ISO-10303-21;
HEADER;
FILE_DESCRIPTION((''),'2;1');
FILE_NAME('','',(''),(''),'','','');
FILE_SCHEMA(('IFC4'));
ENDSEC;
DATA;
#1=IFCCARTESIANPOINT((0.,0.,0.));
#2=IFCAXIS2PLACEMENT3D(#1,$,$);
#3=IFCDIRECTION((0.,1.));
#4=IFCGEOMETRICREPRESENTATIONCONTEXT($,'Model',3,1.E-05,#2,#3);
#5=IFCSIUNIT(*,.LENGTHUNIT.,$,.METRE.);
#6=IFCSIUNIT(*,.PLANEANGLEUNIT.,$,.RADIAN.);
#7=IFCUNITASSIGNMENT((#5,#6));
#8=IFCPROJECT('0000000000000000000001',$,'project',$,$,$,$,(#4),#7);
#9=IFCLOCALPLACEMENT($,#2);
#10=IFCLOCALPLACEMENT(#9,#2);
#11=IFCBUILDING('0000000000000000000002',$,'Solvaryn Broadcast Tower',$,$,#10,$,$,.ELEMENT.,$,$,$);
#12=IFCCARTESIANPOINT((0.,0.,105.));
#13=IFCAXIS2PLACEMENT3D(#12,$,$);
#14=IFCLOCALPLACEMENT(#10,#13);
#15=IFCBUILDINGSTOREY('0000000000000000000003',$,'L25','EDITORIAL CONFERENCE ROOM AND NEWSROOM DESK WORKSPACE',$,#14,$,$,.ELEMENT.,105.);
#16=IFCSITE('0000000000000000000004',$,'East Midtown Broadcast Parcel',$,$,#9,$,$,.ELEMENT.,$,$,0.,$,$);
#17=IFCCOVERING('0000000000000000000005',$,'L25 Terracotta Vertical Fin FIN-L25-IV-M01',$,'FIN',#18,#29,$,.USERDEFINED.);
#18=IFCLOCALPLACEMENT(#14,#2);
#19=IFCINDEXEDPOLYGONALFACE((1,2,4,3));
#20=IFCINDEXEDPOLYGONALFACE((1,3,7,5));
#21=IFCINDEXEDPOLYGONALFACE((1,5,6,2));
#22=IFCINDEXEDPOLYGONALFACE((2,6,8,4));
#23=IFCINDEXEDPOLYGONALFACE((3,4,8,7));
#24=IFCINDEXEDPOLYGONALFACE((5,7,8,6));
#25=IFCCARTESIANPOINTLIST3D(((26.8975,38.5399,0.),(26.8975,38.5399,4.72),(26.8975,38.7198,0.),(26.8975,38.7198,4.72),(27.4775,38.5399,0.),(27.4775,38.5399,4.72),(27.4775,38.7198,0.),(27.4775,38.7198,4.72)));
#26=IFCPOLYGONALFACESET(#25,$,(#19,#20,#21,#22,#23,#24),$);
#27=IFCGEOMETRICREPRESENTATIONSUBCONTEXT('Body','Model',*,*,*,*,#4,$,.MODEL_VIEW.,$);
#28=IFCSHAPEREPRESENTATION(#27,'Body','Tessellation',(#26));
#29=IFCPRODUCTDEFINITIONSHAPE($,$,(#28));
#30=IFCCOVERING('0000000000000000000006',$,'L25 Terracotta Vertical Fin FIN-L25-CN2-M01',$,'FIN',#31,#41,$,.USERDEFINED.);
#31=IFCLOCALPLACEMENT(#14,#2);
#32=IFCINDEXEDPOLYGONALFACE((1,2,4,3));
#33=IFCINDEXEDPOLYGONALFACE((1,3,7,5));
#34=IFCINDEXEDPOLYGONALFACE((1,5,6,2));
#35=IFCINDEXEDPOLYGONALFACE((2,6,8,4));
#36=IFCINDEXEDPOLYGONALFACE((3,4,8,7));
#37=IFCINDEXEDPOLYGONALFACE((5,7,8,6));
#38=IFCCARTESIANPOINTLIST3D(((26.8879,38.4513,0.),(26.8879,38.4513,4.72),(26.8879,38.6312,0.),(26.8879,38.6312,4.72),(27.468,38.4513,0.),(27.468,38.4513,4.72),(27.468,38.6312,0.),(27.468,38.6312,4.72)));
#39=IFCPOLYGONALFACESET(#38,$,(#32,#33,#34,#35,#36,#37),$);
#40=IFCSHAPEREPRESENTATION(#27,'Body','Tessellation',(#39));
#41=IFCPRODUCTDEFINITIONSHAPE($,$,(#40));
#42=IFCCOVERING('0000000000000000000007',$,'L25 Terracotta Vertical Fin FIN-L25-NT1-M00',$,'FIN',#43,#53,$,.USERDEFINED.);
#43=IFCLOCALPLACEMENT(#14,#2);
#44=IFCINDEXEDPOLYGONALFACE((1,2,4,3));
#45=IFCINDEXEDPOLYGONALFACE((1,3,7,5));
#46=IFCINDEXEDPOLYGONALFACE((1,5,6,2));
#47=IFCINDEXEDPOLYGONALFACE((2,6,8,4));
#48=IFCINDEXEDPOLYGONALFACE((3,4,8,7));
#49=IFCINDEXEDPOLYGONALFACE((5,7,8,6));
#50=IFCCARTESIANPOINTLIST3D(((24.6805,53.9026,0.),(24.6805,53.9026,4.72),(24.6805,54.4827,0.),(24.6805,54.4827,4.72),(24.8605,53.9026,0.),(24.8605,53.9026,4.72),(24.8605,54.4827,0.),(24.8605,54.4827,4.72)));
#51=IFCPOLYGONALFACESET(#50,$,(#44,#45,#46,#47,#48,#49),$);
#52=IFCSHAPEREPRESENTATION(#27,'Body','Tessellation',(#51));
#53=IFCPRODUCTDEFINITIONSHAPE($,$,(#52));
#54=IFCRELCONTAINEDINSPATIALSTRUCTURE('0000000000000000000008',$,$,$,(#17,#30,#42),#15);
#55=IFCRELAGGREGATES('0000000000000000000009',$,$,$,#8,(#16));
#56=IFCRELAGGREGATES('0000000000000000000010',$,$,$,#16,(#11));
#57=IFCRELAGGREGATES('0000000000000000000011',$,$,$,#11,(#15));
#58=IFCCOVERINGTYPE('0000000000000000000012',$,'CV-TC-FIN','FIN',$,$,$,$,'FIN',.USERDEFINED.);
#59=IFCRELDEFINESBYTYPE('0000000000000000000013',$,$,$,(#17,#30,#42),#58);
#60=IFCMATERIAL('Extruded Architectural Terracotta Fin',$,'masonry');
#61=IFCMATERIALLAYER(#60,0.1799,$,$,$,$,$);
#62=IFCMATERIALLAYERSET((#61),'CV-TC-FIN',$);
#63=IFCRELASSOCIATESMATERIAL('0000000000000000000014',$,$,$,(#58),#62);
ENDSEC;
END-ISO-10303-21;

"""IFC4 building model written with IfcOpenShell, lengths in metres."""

from ifc_helpers import new_model, si_unit, direction, frame, origin, origin_2d, place, context, subcontext, project, spatial, rectangle, extrude, material, layer, layer_set, type_object, element, save


model = new_model("IFC4")

# Units and contexts
model_context = context("Model", 3, precision=1e-05, world=origin(), true_north=direction((0.0, 1.0)))
body_context = subcontext(model_context, "Body", "Model", "MODEL_VIEW")
ifc_project = project(units=[si_unit("LENGTHUNIT", "METRE"), si_unit("PLANEANGLEUNIT", "RADIAN")], contexts=[model_context])

# Site, building, storey
site_placement = place(None, origin())
site = spatial("IfcSite", under=ifc_project, at=site_placement, Name="East Midtown Broadcast Parcel", CompositionType="ELEMENT", RefElevation=0.0)
building_placement = place(site_placement, origin())
building = spatial("IfcBuilding", under=site, at=building_placement, Name="Solvaryn Broadcast Tower", CompositionType="ELEMENT")
storey_placement = place(building_placement, frame((0.0, 0.0, 105.0)))
storey = spatial("IfcBuildingStorey", under=building, at=storey_placement, Name="L25", Description="EDITORIAL CONFERENCE ROOM AND NEWSROOM DESK WORKSPACE", CompositionType="ELEMENT", Elevation=105.0)

# Coverings
ifc_material_1 = material(Name="Extruded Architectural Terracotta Fin", Category="masonry")
ifc_layer_1 = layer(ifc_material_1, 0.1799)
ifc_layer_set_1 = layer_set([ifc_layer_1], Name="CV-TC-FIN")
covering_type = type_object("IfcCoveringType", Name="CV-TC-FIN", Description="FIN", ElementType="FIN", PredefinedType="USERDEFINED", material=ifc_layer_set_1)
for number, where, z_axis, x_axis, name in (
    (1, (27.1875, 38.6299, 0.0), (0.0, 0.0, 1.0), (1.0, 0.0, 0.0), "L25 Terracotta Vertical Fin FIN-L25-IV-M01"),
    (2, (27.178, 38.5413, 0.0), (0.0, 0.0, 1.0), (1.0, 0.0, 0.0), "L25 Terracotta Vertical Fin FIN-L25-CN2-M01"),
):
    element("IfcCovering", number, at=place(storey_placement, frame(where, z_axis=z_axis, x_axis=x_axis)), inside=storey, type_object=covering_type, Name=name, ObjectType="FIN", PredefinedType="USERDEFINED", context=body_context, shape_type="SweptSolid", body=[
        extrude(rectangle(XDim=0.5801, YDim=0.1799, at=origin_2d()), origin(), (0.0, 0.0, 1.0), 4.72),
    ])
covering_placement = place(storey_placement, frame((24.7705, 54.1926, 0.0), z_axis=(0.0, 0.0, 1.0), x_axis=(1.0, 0.0, 0.0)))
element("IfcCovering", 3, at=covering_placement, inside=storey, type_object=covering_type, Name="L25 Terracotta Vertical Fin FIN-L25-NT1-M00", ObjectType="FIN", PredefinedType="USERDEFINED", context=body_context, shape_type="SweptSolid", body=[
    extrude(rectangle(XDim=0.1799, YDim=0.5801, at=origin_2d()), origin(), (0.0, 0.0, 1.0), 4.72),
])

save(model, "model.ifc")
